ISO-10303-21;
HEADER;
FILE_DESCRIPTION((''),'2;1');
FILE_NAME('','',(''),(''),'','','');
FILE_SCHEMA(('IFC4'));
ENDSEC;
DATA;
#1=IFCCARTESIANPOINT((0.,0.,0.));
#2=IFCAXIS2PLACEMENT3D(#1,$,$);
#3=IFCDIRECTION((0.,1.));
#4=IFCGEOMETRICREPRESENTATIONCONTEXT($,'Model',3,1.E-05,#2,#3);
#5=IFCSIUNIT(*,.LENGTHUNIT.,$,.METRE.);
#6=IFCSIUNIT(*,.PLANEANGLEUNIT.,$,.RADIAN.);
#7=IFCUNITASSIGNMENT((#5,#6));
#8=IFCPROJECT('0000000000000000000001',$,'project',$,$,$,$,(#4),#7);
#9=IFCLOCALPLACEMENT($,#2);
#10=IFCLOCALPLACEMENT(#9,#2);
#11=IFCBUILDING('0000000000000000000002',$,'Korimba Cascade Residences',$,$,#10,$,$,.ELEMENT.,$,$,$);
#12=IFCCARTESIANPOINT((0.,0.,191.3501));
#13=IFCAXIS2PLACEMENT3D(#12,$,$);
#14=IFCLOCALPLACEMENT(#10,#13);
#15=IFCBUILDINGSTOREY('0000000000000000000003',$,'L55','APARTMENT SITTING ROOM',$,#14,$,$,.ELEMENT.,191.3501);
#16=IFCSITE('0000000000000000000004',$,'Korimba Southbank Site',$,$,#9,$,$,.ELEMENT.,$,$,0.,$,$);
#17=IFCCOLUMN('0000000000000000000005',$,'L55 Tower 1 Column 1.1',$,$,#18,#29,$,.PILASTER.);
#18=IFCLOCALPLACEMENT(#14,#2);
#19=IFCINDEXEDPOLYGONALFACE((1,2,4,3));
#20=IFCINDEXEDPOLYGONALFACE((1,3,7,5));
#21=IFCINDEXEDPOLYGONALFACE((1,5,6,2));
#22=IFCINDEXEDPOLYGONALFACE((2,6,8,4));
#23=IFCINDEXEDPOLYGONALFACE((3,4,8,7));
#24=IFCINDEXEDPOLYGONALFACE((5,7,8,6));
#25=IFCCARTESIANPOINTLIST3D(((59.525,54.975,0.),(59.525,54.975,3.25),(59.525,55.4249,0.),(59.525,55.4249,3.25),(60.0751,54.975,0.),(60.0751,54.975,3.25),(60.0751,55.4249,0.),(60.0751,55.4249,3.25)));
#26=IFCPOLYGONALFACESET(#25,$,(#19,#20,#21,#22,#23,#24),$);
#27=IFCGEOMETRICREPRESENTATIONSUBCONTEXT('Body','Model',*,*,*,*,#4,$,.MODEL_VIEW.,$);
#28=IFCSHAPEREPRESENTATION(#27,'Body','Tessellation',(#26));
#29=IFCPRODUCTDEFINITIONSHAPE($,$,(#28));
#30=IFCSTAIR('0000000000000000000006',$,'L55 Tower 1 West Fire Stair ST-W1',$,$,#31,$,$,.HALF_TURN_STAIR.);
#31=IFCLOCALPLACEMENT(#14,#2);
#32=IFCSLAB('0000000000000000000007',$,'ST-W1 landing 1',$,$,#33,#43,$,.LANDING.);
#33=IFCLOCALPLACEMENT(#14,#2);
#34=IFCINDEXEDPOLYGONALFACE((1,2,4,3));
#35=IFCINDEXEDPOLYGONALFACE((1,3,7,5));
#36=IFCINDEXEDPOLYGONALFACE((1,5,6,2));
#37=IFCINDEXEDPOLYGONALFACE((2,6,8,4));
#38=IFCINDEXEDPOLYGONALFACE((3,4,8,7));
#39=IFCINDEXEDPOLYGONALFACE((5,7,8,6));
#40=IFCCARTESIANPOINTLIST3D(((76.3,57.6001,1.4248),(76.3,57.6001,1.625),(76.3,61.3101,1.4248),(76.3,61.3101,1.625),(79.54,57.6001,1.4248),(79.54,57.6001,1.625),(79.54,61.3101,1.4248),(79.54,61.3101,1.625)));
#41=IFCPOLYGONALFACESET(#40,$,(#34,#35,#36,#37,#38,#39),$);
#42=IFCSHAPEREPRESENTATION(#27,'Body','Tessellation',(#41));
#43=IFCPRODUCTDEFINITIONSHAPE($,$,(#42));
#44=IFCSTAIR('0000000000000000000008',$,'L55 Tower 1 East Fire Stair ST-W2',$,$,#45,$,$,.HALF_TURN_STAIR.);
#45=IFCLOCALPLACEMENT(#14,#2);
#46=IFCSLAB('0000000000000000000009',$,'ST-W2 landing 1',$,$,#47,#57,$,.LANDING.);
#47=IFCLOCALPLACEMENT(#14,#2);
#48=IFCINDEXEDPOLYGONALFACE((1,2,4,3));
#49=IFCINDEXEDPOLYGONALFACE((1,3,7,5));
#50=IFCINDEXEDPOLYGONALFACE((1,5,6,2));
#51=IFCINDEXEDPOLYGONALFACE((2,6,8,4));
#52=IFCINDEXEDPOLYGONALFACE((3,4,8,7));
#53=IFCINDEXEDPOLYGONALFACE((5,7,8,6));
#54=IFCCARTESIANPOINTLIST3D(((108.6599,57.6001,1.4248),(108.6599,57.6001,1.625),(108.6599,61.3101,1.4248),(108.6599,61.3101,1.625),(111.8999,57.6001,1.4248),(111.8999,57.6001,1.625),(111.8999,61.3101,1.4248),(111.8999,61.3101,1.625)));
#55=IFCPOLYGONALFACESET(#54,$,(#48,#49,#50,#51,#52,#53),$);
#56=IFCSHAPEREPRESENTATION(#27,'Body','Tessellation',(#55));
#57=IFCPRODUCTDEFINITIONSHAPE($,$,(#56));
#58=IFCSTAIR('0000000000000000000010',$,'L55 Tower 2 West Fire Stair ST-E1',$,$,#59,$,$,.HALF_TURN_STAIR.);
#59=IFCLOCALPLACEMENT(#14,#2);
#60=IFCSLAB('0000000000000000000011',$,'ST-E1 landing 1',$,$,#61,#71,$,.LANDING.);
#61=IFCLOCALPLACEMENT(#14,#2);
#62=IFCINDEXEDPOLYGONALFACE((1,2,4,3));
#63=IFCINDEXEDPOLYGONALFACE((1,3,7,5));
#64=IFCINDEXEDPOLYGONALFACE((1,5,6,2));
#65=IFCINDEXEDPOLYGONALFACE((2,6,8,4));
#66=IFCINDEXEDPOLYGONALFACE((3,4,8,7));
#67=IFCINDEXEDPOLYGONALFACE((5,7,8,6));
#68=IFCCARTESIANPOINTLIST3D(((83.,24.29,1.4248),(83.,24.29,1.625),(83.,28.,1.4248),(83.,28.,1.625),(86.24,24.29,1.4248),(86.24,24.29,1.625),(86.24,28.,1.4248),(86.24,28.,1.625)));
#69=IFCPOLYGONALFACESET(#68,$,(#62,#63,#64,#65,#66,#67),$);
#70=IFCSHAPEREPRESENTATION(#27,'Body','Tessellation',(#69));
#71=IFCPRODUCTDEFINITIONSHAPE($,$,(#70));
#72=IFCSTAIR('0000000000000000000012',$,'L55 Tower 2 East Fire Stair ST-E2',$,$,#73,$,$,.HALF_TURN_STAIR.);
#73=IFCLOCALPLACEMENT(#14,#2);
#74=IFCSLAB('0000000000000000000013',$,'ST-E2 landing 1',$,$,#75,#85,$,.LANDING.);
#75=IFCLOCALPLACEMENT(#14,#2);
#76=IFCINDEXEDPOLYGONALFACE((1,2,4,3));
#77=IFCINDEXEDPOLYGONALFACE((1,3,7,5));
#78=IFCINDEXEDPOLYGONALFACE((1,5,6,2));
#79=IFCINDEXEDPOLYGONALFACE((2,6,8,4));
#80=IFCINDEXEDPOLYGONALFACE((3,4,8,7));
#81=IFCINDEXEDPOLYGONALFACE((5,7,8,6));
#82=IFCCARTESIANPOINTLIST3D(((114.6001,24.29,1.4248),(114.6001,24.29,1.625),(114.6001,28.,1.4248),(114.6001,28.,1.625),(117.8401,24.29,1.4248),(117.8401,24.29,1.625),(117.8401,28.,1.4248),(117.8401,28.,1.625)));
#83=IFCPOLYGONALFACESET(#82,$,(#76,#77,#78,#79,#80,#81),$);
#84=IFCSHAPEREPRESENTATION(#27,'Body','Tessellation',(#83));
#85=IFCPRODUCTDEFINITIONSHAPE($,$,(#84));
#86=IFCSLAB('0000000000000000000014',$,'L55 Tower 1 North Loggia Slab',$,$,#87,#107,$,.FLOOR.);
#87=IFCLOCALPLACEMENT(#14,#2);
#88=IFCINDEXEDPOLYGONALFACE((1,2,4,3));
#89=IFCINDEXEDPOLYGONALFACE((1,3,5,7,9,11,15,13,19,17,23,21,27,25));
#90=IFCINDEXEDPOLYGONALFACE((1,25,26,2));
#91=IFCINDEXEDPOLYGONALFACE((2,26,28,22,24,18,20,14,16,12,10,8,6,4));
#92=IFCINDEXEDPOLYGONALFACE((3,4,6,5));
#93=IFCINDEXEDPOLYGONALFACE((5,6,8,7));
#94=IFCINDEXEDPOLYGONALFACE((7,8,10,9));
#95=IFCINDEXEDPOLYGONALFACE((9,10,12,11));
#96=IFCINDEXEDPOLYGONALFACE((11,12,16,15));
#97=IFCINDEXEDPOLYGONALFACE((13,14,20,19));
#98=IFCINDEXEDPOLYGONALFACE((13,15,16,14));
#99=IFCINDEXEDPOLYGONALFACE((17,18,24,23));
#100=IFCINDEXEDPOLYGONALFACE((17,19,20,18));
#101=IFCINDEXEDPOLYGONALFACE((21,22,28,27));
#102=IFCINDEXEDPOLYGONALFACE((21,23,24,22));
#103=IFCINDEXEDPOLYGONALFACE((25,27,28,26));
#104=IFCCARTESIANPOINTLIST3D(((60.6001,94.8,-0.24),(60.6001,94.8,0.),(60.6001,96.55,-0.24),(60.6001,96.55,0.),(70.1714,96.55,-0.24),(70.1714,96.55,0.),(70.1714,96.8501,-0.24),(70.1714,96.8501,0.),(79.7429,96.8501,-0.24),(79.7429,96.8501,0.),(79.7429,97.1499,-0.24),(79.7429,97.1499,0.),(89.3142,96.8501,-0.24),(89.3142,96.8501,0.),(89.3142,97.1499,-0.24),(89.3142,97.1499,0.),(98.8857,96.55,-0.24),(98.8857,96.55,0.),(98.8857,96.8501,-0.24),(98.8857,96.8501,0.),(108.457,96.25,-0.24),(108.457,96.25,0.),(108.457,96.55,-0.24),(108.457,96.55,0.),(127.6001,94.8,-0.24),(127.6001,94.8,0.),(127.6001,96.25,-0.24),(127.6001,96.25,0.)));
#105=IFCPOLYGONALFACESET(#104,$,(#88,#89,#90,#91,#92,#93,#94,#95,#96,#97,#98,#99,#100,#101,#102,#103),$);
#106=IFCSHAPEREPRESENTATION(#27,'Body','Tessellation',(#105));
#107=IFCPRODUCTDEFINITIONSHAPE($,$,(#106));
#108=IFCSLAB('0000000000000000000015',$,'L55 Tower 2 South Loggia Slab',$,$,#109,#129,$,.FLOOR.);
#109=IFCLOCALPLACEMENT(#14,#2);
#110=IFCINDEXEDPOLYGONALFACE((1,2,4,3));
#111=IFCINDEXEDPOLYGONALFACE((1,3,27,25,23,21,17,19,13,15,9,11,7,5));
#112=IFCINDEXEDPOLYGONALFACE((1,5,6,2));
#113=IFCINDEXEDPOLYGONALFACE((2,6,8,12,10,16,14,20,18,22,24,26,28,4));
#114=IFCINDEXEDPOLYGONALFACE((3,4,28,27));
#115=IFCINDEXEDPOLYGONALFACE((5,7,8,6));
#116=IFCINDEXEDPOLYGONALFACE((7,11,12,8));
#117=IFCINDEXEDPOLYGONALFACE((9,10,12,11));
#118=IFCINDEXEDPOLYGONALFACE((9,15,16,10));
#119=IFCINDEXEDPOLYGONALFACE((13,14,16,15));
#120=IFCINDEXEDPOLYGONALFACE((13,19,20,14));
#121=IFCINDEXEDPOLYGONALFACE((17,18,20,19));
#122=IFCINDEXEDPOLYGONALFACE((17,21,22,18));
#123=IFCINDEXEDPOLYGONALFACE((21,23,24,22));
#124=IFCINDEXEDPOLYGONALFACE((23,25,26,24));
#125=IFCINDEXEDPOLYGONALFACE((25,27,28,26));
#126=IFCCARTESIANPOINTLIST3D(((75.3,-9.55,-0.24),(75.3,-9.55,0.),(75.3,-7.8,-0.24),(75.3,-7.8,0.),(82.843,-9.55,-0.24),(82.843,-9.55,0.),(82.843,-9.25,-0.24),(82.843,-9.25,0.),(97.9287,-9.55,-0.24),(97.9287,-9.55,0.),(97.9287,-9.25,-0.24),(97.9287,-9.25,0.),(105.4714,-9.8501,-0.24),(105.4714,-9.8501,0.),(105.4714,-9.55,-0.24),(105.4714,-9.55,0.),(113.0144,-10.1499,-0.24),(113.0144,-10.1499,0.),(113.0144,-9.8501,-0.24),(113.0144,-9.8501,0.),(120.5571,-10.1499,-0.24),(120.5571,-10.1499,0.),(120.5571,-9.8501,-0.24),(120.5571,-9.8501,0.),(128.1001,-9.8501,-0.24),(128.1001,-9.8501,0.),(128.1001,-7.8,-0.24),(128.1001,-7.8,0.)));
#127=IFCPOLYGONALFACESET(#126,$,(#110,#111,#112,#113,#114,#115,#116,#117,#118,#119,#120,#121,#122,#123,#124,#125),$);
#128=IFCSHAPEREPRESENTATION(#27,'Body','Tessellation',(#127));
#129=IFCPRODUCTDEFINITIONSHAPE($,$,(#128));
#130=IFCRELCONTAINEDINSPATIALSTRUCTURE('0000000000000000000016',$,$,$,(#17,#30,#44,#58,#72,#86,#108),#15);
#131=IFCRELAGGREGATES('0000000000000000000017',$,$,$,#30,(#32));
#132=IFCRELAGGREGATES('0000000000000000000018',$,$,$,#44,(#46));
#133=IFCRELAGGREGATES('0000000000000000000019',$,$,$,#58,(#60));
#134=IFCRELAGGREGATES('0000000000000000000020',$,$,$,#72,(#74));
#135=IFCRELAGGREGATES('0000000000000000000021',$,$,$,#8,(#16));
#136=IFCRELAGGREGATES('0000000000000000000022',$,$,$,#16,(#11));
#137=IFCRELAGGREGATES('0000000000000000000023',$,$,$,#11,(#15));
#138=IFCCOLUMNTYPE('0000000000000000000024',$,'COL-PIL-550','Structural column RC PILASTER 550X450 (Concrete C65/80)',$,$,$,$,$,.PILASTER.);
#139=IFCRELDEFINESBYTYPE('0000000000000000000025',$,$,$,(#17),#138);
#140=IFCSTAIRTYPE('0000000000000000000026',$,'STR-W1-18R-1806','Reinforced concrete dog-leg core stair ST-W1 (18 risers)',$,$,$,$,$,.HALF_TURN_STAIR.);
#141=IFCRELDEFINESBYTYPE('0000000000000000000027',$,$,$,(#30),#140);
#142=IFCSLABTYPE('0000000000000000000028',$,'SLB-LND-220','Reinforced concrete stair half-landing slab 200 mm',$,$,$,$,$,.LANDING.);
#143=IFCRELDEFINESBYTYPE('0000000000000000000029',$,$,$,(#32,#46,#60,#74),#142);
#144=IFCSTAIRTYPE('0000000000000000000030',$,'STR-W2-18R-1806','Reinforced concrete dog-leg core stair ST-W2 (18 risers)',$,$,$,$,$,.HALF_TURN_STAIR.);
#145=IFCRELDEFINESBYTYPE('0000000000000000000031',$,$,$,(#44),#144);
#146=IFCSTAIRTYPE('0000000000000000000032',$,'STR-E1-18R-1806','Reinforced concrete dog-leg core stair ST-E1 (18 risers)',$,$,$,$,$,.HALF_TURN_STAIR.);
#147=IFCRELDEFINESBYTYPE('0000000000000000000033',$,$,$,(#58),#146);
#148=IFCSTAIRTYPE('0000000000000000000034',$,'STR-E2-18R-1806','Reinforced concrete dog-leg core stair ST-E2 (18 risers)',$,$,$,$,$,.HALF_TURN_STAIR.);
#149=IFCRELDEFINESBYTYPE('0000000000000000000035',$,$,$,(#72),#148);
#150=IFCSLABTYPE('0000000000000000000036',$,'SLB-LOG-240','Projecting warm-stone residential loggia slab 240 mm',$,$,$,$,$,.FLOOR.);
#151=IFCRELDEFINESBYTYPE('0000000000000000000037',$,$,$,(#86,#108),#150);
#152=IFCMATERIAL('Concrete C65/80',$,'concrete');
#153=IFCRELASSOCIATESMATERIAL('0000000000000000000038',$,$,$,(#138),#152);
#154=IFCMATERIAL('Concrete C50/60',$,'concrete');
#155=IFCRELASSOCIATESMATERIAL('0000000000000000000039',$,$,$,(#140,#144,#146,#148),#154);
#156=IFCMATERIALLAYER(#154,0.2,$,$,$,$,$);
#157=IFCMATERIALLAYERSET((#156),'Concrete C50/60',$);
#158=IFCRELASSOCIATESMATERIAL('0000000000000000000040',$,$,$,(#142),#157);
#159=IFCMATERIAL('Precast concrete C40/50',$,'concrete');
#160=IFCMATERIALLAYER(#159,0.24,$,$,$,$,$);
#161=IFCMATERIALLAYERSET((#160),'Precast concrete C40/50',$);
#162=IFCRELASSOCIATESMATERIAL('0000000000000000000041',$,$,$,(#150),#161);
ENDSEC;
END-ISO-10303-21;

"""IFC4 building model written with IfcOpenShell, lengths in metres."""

from ifc_helpers import new_model, si_unit, direction, frame, origin, origin_2d, place, context, subcontext, project, spatial, polyline, rectangle, outline, extrude, material, layer, layer_set, material_profile, profile_set, type_object, element, aggregate, save


model = new_model("IFC4")

# Units and contexts
model_context = context("Model", 3, precision=1e-05, world=origin(), true_north=direction((0.0, 1.0)))
body_context = subcontext(model_context, "Body", "Model", "MODEL_VIEW")
ifc_project = project(units=[si_unit("LENGTHUNIT", "METRE"), si_unit("PLANEANGLEUNIT", "RADIAN")], contexts=[model_context])

# Site, building, storey
site_placement = place(None, origin())
site = spatial("IfcSite", under=ifc_project, at=site_placement, Name="Korimba Southbank Site", CompositionType="ELEMENT", RefElevation=0.0)
building_placement = place(site_placement, origin())
building = spatial("IfcBuilding", under=site, at=building_placement, Name="Korimba Cascade Residences", CompositionType="ELEMENT")
storey_placement = place(building_placement, frame((0.0, 0.0, 191.3501)))
storey = spatial("IfcBuildingStorey", under=building, at=storey_placement, Name="L55", Description="APARTMENT SITTING ROOM", CompositionType="ELEMENT", Elevation=191.3501)

# Column
ifc_material_1 = material(Name="Concrete C65/80", Category="concrete")
ifc_material_profile = material_profile(ifc_material_1, rectangle(XDim=0.55, YDim=0.45, at=origin_2d()), Name="Concrete C65/80")
ifc_profile_set = profile_set([ifc_material_profile], Name="Concrete C65/80")
column_type = type_object("IfcColumnType", Name="COL-PIL-550", Description="Structural column RC PILASTER 550X450 (Concrete C65/80)", PredefinedType="PILASTER", material=ifc_profile_set)
column_placement = place(storey_placement, frame((59.8, 55.2, 0.0), z_axis=(0.0, 0.0, 1.0), x_axis=(1.0, 0.0, 0.0)))
element("IfcColumn", 1, at=column_placement, inside=storey, type_object=column_type, Name="L55 Tower 1 Column 1.1", PredefinedType="PILASTER", context=body_context, shape_type="SweptSolid", body=[
    extrude(rectangle(XDim=0.55, YDim=0.45, at=origin_2d()), origin(), (0.0, 0.0, 1.0), 3.25),
])

# Stairs, slabs
ifc_material_2 = material(Name="Concrete C50/60", Category="concrete")
stair_type_1 = type_object("IfcStairType", Name="STR-W1-18R-1806", Description="Reinforced concrete dog-leg core stair ST-W1 (18 risers)", PredefinedType="HALF_TURN_STAIR", material=ifc_material_2)
stair_1_placement = place(storey_placement, origin())
stair_1 = element("IfcStair", 2, at=stair_1_placement, inside=storey, type_object=stair_type_1, Name="L55 Tower 1 West Fire Stair ST-W1", PredefinedType="HALF_TURN_STAIR")
ifc_layer_1 = layer(ifc_material_2, 0.2)
ifc_layer_set_1 = layer_set([ifc_layer_1], Name="Concrete C50/60")
slab_type_1 = type_object("IfcSlabType", Name="SLB-LND-220", Description="Reinforced concrete stair half-landing slab 200 mm", PredefinedType="LANDING", material=ifc_layer_set_1)
slab_1_placement = place(storey_placement, frame((0.0, 0.0, 1.4248)))
slab_1 = element("IfcSlab", 3, at=slab_1_placement, type_object=slab_type_1, Name="ST-W1 landing 1", PredefinedType="LANDING", context=body_context, shape_type="SweptSolid", body=[
    extrude(outline(polyline([(76.3, 61.3101), (76.3, 57.6001), (79.54, 57.6001), (79.54, 61.3101), (76.3, 61.3101)])), origin(), (0.0, 0.0, 1.0), 0.2002),
])
aggregate(stair_1, [slab_1])
stair_type_2 = type_object("IfcStairType", Name="STR-W2-18R-1806", Description="Reinforced concrete dog-leg core stair ST-W2 (18 risers)", PredefinedType="HALF_TURN_STAIR", material=ifc_material_2)
stair_2_placement = place(storey_placement, origin())
stair_2 = element("IfcStair", 4, at=stair_2_placement, inside=storey, type_object=stair_type_2, Name="L55 Tower 1 East Fire Stair ST-W2", PredefinedType="HALF_TURN_STAIR")
slab_2_placement = place(storey_placement, frame((0.0, 0.0, 1.4248)))
slab_2 = element("IfcSlab", 5, at=slab_2_placement, type_object=slab_type_1, Name="ST-W2 landing 1", PredefinedType="LANDING", context=body_context, shape_type="SweptSolid", body=[
    extrude(outline(polyline([(108.6599, 61.3101), (108.6599, 57.6001), (111.8999, 57.6001), (111.8999, 61.3101), (108.6599, 61.3101)])), origin(), (0.0, 0.0, 1.0), 0.2002),
])
aggregate(stair_2, [slab_2])
stair_type_3 = type_object("IfcStairType", Name="STR-E1-18R-1806", Description="Reinforced concrete dog-leg core stair ST-E1 (18 risers)", PredefinedType="HALF_TURN_STAIR", material=ifc_material_2)
stair_3_placement = place(storey_placement, origin())
stair_3 = element("IfcStair", 6, at=stair_3_placement, inside=storey, type_object=stair_type_3, Name="L55 Tower 2 West Fire Stair ST-E1", PredefinedType="HALF_TURN_STAIR")
slab_3_placement = place(storey_placement, frame((0.0, 0.0, 1.4248)))
slab_3 = element("IfcSlab", 7, at=slab_3_placement, type_object=slab_type_1, Name="ST-E1 landing 1", PredefinedType="LANDING", context=body_context, shape_type="SweptSolid", body=[
    extrude(outline(polyline([(86.24, 24.29), (86.24, 28.0), (83.0, 28.0), (83.0, 24.29), (86.24, 24.29)])), origin(), (0.0, 0.0, 1.0), 0.2002),
])
aggregate(stair_3, [slab_3])
stair_type_4 = type_object("IfcStairType", Name="STR-E2-18R-1806", Description="Reinforced concrete dog-leg core stair ST-E2 (18 risers)", PredefinedType="HALF_TURN_STAIR", material=ifc_material_2)
stair_4_placement = place(storey_placement, origin())
stair_4 = element("IfcStair", 8, at=stair_4_placement, inside=storey, type_object=stair_type_4, Name="L55 Tower 2 East Fire Stair ST-E2", PredefinedType="HALF_TURN_STAIR")
slab_4_placement = place(storey_placement, frame((0.0, 0.0, 1.4248)))
slab_4 = element("IfcSlab", 9, at=slab_4_placement, type_object=slab_type_1, Name="ST-E2 landing 1", PredefinedType="LANDING", context=body_context, shape_type="SweptSolid", body=[
    extrude(outline(polyline([(117.8401, 24.29), (117.8401, 28.0), (114.6001, 28.0), (114.6001, 24.29), (117.8401, 24.29)])), origin(), (0.0, 0.0, 1.0), 0.2002),
])
aggregate(stair_4, [slab_4])

# Slabs
ifc_material_3 = material(Name="Precast concrete C40/50", Category="concrete")
ifc_layer_2 = layer(ifc_material_3, 0.24)
ifc_layer_set_2 = layer_set([ifc_layer_2], Name="Precast concrete C40/50")
slab_type_2 = type_object("IfcSlabType", Name="SLB-LOG-240", Description="Projecting warm-stone residential loggia slab 240 mm", PredefinedType="FLOOR", material=ifc_layer_set_2)
slab_5_placement = place(storey_placement, frame((0.0, 0.0, -0.24)))
element("IfcSlab", 10, at=slab_5_placement, inside=storey, type_object=slab_type_2, Name="L55 Tower 1 North Loggia Slab", PredefinedType="FLOOR", context=body_context, shape_type="SweptSolid", body=[
    extrude(outline(polyline([(60.6001, 94.8), (127.6001, 94.8), (127.6001, 96.25), (108.457, 96.25), (108.457, 96.55), (98.8857, 96.55), (98.8857, 96.8501), (89.3142, 96.8501), (89.3142, 97.1499), (79.7429, 97.1499), (79.7429, 96.8501), (70.1714, 96.8501), (70.1714, 96.55), (60.6001, 96.55), (60.6001, 94.8)])), origin(), (0.0, 0.0, 1.0), 0.24),
])
slab_6_placement = place(storey_placement, frame((0.0, 0.0, -0.24)))
element("IfcSlab", 11, at=slab_6_placement, inside=storey, type_object=slab_type_2, Name="L55 Tower 2 South Loggia Slab", PredefinedType="FLOOR", context=body_context, shape_type="SweptSolid", body=[
    extrude(outline(polyline([(75.3, -9.55), (82.843, -9.55), (82.843, -9.25), (97.9287, -9.25), (97.9287, -9.55), (105.4714, -9.55), (105.4714, -9.8501), (113.0144, -9.8501), (113.0144, -10.1499), (120.5571, -10.1499), (120.5571, -9.8501), (128.1001, -9.8501), (128.1001, -7.8), (75.3, -7.8), (75.3, -9.55)])), origin(), (0.0, 0.0, 1.0), 0.24),
])

save(model, "model.ifc")
